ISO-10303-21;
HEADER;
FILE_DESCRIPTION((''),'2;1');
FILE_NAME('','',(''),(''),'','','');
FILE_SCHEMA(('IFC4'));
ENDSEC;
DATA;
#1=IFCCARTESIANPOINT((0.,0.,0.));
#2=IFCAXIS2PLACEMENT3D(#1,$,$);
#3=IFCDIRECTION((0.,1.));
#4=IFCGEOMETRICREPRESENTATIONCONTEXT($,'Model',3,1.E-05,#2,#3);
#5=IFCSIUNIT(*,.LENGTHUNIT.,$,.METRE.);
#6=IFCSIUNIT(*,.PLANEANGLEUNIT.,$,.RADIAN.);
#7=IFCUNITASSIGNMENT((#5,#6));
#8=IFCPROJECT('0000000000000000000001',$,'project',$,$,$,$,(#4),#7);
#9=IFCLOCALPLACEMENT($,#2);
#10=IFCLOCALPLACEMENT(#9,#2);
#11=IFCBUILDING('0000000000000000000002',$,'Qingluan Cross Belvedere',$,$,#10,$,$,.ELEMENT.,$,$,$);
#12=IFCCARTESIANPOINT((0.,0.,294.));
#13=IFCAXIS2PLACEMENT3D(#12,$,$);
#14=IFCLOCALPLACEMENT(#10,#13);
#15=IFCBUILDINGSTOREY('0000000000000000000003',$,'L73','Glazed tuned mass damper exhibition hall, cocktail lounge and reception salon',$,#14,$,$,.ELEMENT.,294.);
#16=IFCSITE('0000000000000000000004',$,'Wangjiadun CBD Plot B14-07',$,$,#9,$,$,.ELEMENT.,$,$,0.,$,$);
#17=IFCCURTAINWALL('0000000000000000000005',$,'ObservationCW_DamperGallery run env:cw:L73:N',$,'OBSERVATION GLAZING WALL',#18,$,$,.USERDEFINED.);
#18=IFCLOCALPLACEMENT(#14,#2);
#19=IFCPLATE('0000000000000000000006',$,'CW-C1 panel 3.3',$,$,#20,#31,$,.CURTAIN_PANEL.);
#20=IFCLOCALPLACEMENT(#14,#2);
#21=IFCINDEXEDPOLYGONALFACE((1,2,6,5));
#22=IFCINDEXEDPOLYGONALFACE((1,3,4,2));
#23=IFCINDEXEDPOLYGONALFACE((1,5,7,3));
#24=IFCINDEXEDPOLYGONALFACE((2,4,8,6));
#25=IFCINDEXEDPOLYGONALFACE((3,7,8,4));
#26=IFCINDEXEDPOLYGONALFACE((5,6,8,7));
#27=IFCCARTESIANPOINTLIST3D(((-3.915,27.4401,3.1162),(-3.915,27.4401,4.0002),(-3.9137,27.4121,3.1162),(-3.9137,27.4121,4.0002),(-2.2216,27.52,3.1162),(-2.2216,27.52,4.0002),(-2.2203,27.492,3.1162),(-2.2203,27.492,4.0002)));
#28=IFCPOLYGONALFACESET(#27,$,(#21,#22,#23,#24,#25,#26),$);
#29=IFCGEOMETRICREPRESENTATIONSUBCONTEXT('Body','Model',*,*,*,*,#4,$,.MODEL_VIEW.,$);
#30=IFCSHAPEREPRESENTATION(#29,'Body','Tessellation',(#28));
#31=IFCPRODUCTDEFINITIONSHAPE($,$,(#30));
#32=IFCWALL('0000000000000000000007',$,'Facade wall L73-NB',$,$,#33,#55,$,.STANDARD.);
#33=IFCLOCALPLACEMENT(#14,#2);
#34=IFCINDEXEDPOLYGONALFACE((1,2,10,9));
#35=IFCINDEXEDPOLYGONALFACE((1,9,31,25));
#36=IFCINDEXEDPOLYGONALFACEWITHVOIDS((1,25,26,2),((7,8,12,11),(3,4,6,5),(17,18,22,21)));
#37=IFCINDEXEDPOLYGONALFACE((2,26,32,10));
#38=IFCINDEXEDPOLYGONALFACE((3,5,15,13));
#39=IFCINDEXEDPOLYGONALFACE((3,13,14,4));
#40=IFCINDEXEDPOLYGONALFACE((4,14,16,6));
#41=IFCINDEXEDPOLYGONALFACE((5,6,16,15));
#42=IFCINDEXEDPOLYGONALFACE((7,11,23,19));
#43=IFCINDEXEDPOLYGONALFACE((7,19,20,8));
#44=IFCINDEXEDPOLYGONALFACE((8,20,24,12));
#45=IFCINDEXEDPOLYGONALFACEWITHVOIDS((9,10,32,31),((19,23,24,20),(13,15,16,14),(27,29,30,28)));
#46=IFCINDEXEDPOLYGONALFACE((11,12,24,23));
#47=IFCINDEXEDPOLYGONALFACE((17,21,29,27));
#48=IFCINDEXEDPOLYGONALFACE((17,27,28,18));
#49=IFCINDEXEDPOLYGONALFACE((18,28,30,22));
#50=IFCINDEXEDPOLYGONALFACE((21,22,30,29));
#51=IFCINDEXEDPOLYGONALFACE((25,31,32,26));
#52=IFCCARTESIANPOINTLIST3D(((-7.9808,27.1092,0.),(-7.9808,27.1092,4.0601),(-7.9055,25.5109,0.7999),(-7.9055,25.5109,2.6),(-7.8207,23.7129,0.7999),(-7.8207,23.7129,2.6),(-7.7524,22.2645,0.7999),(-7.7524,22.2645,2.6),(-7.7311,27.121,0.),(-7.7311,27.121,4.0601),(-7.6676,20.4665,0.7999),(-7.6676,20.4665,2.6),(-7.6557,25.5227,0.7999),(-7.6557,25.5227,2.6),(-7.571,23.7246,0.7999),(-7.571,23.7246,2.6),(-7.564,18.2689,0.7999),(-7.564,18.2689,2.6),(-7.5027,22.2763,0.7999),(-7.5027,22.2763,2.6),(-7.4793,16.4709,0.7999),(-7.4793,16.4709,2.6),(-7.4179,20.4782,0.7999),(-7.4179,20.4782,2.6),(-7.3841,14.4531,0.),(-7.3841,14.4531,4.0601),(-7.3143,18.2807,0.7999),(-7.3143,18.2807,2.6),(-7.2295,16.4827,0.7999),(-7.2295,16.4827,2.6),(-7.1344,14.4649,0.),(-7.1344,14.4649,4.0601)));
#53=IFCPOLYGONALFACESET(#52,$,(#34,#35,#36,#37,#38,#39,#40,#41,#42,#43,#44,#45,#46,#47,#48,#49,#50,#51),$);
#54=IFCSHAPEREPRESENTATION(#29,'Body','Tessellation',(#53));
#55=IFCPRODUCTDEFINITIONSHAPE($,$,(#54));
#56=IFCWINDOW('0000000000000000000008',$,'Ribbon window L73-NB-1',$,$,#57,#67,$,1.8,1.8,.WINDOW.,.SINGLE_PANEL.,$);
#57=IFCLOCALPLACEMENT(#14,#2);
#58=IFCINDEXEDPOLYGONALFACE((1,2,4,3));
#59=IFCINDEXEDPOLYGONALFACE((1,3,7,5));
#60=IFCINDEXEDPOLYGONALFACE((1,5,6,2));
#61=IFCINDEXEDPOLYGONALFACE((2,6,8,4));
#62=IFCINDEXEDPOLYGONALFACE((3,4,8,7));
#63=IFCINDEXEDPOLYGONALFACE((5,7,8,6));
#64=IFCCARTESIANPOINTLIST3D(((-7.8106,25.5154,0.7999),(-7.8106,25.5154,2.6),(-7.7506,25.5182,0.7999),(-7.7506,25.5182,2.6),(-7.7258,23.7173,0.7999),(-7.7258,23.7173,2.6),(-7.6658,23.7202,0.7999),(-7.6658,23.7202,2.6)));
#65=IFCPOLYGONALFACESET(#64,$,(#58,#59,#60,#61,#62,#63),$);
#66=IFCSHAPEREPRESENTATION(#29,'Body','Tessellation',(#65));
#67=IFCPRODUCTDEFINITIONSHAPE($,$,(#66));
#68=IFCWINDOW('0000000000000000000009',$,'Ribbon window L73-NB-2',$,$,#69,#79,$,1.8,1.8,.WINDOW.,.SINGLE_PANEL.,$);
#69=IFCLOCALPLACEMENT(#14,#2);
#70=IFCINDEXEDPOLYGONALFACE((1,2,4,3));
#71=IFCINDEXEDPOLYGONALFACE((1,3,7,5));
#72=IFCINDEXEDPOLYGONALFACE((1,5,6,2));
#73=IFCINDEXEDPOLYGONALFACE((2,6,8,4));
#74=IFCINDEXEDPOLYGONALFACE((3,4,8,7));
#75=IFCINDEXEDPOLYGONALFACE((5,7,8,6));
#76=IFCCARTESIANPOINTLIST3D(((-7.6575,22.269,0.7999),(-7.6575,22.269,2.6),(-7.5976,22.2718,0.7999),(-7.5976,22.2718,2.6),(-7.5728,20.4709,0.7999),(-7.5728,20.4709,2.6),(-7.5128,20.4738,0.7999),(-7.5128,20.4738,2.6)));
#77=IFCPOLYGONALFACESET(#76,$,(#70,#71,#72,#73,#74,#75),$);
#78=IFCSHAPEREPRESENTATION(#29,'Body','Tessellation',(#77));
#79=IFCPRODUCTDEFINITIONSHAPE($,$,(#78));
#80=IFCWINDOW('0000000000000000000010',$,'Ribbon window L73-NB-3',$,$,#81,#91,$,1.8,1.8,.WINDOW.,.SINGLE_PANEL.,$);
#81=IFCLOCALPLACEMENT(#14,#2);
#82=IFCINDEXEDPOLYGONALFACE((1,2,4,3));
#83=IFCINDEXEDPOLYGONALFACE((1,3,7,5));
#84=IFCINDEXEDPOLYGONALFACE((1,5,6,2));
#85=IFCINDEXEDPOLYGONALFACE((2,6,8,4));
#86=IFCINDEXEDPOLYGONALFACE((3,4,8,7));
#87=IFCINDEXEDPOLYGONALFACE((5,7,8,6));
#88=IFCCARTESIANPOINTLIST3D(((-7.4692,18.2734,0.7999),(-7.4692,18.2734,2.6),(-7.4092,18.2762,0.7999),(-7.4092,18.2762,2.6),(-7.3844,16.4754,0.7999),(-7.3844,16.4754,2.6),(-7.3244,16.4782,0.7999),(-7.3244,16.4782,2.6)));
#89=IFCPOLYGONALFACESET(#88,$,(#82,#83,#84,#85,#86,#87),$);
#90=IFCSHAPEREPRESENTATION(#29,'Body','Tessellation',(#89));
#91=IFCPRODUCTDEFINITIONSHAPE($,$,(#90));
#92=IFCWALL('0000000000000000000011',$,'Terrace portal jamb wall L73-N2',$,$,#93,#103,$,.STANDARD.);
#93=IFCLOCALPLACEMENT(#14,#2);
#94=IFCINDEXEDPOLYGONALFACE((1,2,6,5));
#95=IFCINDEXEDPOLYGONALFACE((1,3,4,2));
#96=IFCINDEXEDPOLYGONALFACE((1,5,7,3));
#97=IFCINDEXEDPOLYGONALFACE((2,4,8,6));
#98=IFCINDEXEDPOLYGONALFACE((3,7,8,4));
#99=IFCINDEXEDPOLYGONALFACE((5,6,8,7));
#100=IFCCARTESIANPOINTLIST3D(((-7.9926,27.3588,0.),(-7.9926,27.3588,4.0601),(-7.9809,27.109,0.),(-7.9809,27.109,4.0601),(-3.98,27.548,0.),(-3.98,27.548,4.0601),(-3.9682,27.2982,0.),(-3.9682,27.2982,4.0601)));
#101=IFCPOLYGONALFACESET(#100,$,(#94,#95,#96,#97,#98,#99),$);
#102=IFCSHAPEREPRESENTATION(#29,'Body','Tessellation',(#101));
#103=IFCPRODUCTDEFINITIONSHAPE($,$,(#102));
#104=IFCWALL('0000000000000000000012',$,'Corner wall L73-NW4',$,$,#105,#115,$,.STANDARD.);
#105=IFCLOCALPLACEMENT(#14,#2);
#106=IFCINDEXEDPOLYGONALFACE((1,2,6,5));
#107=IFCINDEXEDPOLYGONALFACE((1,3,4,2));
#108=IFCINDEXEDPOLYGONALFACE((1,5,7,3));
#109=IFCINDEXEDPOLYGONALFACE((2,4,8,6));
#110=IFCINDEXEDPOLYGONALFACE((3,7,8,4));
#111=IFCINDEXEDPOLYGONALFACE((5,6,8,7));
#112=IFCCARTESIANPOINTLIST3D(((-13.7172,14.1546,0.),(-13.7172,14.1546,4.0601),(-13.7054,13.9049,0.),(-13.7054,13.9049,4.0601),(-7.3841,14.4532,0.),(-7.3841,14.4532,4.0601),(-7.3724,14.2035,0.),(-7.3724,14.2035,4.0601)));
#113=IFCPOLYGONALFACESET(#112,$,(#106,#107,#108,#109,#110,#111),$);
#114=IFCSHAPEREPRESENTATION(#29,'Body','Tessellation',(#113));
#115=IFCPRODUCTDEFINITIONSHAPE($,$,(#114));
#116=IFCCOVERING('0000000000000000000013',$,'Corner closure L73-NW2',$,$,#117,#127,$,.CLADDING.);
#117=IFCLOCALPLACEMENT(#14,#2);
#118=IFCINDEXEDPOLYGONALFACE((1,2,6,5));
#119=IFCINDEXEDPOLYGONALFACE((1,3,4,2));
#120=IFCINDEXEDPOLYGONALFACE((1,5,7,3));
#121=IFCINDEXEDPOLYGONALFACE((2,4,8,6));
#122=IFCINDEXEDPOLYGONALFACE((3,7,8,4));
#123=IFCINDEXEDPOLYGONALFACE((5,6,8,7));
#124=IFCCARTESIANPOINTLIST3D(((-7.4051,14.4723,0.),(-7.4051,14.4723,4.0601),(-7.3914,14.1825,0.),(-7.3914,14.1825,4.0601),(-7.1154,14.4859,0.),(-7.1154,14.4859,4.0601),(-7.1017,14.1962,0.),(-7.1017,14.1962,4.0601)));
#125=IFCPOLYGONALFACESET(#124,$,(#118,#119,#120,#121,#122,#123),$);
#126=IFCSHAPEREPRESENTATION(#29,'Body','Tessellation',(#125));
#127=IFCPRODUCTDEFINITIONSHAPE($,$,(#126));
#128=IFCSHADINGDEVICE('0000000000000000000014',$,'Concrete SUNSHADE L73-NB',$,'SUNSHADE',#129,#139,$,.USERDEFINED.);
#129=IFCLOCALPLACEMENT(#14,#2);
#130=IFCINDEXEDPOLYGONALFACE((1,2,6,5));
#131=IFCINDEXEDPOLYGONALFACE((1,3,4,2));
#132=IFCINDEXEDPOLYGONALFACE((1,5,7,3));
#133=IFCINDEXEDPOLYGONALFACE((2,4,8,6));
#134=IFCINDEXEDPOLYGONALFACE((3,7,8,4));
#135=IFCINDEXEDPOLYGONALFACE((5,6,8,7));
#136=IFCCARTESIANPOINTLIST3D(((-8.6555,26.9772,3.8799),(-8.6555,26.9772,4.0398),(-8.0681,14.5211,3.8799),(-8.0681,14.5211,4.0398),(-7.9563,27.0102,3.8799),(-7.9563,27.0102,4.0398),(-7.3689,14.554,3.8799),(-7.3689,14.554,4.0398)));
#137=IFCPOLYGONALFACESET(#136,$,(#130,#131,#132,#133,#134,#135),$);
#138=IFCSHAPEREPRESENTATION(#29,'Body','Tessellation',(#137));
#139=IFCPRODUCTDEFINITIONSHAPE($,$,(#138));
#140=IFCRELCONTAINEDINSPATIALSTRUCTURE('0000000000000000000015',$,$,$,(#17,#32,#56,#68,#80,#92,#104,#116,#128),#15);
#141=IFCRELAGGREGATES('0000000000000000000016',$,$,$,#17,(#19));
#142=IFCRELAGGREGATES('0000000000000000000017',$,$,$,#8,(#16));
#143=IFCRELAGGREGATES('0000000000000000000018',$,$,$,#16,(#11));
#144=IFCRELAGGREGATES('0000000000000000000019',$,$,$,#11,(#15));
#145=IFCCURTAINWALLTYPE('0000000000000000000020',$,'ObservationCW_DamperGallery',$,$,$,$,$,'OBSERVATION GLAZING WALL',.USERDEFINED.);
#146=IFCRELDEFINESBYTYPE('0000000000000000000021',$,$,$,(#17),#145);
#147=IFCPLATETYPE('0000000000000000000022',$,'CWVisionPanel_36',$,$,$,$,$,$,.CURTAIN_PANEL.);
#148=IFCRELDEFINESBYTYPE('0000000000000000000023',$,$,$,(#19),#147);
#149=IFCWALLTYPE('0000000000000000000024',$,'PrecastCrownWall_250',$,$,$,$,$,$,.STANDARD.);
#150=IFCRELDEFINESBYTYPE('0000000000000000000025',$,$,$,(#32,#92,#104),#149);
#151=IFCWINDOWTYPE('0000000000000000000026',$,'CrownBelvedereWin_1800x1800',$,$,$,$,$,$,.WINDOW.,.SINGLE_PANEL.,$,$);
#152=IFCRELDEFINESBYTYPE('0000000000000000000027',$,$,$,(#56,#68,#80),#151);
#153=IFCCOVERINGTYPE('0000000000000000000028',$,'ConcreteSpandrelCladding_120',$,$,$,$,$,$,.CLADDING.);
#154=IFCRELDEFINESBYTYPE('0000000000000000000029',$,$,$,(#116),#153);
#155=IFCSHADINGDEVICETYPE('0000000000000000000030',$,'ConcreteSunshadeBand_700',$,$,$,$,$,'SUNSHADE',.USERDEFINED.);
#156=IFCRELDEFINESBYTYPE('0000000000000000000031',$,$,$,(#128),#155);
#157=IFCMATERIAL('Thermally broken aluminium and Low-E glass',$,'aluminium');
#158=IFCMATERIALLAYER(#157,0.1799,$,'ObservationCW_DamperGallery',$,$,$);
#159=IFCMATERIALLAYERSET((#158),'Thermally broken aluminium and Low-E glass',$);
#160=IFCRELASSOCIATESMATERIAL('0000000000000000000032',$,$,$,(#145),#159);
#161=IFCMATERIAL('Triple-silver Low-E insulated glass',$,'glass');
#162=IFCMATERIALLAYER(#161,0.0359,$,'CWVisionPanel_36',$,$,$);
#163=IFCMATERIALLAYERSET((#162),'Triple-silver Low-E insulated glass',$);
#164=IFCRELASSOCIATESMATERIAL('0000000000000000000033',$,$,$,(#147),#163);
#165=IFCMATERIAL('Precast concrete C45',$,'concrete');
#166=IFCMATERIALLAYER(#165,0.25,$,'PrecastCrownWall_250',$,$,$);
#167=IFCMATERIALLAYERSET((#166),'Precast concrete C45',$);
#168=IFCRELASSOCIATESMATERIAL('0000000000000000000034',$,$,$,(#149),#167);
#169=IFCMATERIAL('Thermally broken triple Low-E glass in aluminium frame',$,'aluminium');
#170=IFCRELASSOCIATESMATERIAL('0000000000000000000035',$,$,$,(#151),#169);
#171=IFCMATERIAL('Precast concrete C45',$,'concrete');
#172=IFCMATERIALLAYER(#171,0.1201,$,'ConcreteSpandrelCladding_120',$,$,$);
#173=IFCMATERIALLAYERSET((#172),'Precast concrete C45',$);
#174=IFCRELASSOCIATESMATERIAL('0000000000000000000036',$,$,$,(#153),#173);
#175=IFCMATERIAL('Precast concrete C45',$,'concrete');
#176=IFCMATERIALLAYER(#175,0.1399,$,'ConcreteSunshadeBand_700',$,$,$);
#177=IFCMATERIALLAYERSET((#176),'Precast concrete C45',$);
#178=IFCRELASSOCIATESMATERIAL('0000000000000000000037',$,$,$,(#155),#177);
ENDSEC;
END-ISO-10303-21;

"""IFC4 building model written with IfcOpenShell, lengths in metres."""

from ifc_helpers import new_model, si_unit, direction, frame, frame_2d, origin, origin_2d, place, context, subcontext, project, spatial, rectangle, extrude, material, layer, layer_set, type_object, element, fill, aggregate, save


model = new_model("IFC4")

# Units and contexts
model_context = context("Model", 3, precision=1e-05, world=origin(), true_north=direction((0.0, 1.0)))
body_context = subcontext(model_context, "Body", "Model", "MODEL_VIEW")
ifc_project = project(units=[si_unit("LENGTHUNIT", "METRE"), si_unit("PLANEANGLEUNIT", "RADIAN")], contexts=[model_context])

# Site, building, storey
site_placement = place(None, origin())
site = spatial("IfcSite", under=ifc_project, at=site_placement, Name="Wangjiadun CBD Plot B14-07", CompositionType="ELEMENT", RefElevation=0.0)
building_placement = place(site_placement, origin())
building = spatial("IfcBuilding", under=site, at=building_placement, Name="Qingluan Cross Belvedere", CompositionType="ELEMENT")
storey_placement = place(building_placement, frame((0.0, 0.0, 294.0)))
storey = spatial("IfcBuildingStorey", under=building, at=storey_placement, Name="L73", Description="Glazed tuned mass damper exhibition hall, cocktail lounge and reception salon", CompositionType="ELEMENT", Elevation=294.0)

# Curtain wall, plate
ifc_material_1 = material(Name="Thermally broken aluminium and Low-E glass", Category="aluminium")
ifc_layer_1 = layer(ifc_material_1, 0.1799, Name="ObservationCW_DamperGallery")
ifc_layer_set_1 = layer_set([ifc_layer_1], Name="Thermally broken aluminium and Low-E glass")
curtain_wall_type = type_object("IfcCurtainWallType", Name="ObservationCW_DamperGallery", ElementType="OBSERVATION GLAZING WALL", PredefinedType="USERDEFINED", material=ifc_layer_set_1)
curtain_wall_placement = place(storey_placement, origin())
curtain_wall = element("IfcCurtainWall", 1, at=curtain_wall_placement, inside=storey, type_object=curtain_wall_type, Name="ObservationCW_DamperGallery run env:cw:L73:N", ObjectType="OBSERVATION GLAZING WALL", PredefinedType="USERDEFINED")
ifc_material_2 = material(Name="Triple-silver Low-E insulated glass", Category="glass")
ifc_layer_2 = layer(ifc_material_2, 0.0359, Name="CWVisionPanel_36")
ifc_layer_set_2 = layer_set([ifc_layer_2], Name="Triple-silver Low-E insulated glass")
plate_type = type_object("IfcPlateType", Name="CWVisionPanel_36", PredefinedType="CURTAIN_PANEL", material=ifc_layer_set_2)
plate_1_placement = place(storey_placement, frame((-3.0676, 27.4661, 3.1162), z_axis=(0.0, 0.0, 1.0), x_axis=(-0.998889, -0.047125, 0.0)))
plate_1 = element("IfcPlate", 2, at=plate_1_placement, type_object=plate_type, Name="CW-C1 panel 3.3", PredefinedType="CURTAIN_PANEL", context=body_context, shape_type="SweptSolid", body=[
    extrude(rectangle(XDim=1.6953, YDim=0.0281, at=origin_2d()), origin(), (0.0, 0.0, 1.0), 0.884),
])
aggregate(curtain_wall, [plate_1])

# Wall, openings, windows
ifc_material_3 = material(Name="Precast concrete C45", Category="concrete")
ifc_layer_3 = layer(ifc_material_3, 0.25, Name="PrecastCrownWall_250")
ifc_layer_set_3 = layer_set([ifc_layer_3], Name="Precast concrete C45")
wall_type = type_object("IfcWallType", Name="PrecastCrownWall_250", PredefinedType="STANDARD", material=ifc_layer_set_3)
wall_1_placement = place(storey_placement, frame((-7.856, 27.115, 0.0), z_axis=(0.0, 0.0, 1.0), x_axis=(0.047094, -0.99889, 0.0)))
wall_1 = element("IfcWall", 3, at=wall_1_placement, inside=storey, type_object=wall_type, Name="Facade wall L73-NB", PredefinedType="STANDARD", context=body_context, shape_type="SweptSolid", body=[
    extrude(rectangle(XDim=12.6702, YDim=0.25, at=frame_2d((6.335, 0.0))), origin(), (0.0, 0.0, 1.0), 4.0601),
])
opening_1_placement = place(wall_1_placement, frame((1.6001, 0.0, 0.8)))
opening_1 = element("IfcOpeningElement", 4, at=opening_1_placement, cuts=wall_1, PredefinedType="OPENING", context=body_context, shape_type="SweptSolid", body=[
    extrude(rectangle(XDim=1.8, YDim=1.8, at=frame_2d((0.8999, 0.8999))), frame((0.0, 0.135, 0.0), z_axis=(0.0, -1.0, 0.0), x_axis=(1.0, 0.0, 0.0)), (0.0, 0.0, 1.0), 0.27),
])
opening_2_placement = place(wall_1_placement, frame((4.8501, 0.0, 0.8)))
opening_2 = element("IfcOpeningElement", 5, at=opening_2_placement, cuts=wall_1, PredefinedType="OPENING", context=body_context, shape_type="SweptSolid", body=[
    extrude(rectangle(XDim=1.8, YDim=1.8, at=frame_2d((0.8999, 0.8999))), frame((0.0, 0.135, 0.0), z_axis=(0.0, -1.0, 0.0), x_axis=(1.0, 0.0, 0.0)), (0.0, 0.0, 1.0), 0.27),
])
opening_3_placement = place(wall_1_placement, frame((8.8501, 0.0, 0.8)))
opening_3 = element("IfcOpeningElement", 6, at=opening_3_placement, cuts=wall_1, PredefinedType="OPENING", context=body_context, shape_type="SweptSolid", body=[
    extrude(rectangle(XDim=1.8, YDim=1.8, at=frame_2d((0.8999, 0.8999))), frame((0.0, 0.135, 0.0), z_axis=(0.0, -1.0, 0.0), x_axis=(1.0, 0.0, 0.0)), (0.0, 0.0, 1.0), 0.27),
])
ifc_material_4 = material(Name="Thermally broken triple Low-E glass in aluminium frame", Category="aluminium")
window_type = type_object("IfcWindowType", Name="CrownBelvedereWin_1800x1800", PartitioningType="SINGLE_PANEL", PredefinedType="WINDOW", material=ifc_material_4)
window_1_placement = place(opening_1_placement, origin())
window_1 = element("IfcWindow", 7, at=window_1_placement, inside=storey, type_object=window_type, Name="Ribbon window L73-NB-1", OverallHeight=1.8, OverallWidth=1.8, PartitioningType="SINGLE_PANEL", PredefinedType="WINDOW", context=body_context, shape_type="SweptSolid", body=[
    extrude(rectangle(XDim=1.8, YDim=1.8, at=frame_2d((0.8999, 0.8999))), frame((0.0, 0.03, 0.0), z_axis=(0.0, -1.0, 0.0), x_axis=(1.0, 0.0, 0.0)), (0.0, 0.0, 1.0), 0.0601),
])
fill(opening_1, window_1)
window_2_placement = place(opening_2_placement, origin())
window_2 = element("IfcWindow", 8, at=window_2_placement, inside=storey, type_object=window_type, Name="Ribbon window L73-NB-2", OverallHeight=1.8, OverallWidth=1.8, PartitioningType="SINGLE_PANEL", PredefinedType="WINDOW", context=body_context, shape_type="SweptSolid", body=[
    extrude(rectangle(XDim=1.8, YDim=1.8, at=frame_2d((0.8999, 0.8999))), frame((0.0, 0.03, 0.0), z_axis=(0.0, -1.0, 0.0), x_axis=(1.0, 0.0, 0.0)), (0.0, 0.0, 1.0), 0.0601),
])
fill(opening_2, window_2)
window_3_placement = place(opening_3_placement, origin())
window_3 = element("IfcWindow", 9, at=window_3_placement, inside=storey, type_object=window_type, Name="Ribbon window L73-NB-3", OverallHeight=1.8, OverallWidth=1.8, PartitioningType="SINGLE_PANEL", PredefinedType="WINDOW", context=body_context, shape_type="SweptSolid", body=[
    extrude(rectangle(XDim=1.8, YDim=1.8, at=frame_2d((0.8999, 0.8999))), frame((0.0, 0.03, 0.0), z_axis=(0.0, -1.0, 0.0), x_axis=(1.0, 0.0, 0.0)), (0.0, 0.0, 1.0), 0.0601),
])
fill(opening_3, window_3)

# Walls
wall_2_placement = place(storey_placement, frame((-3.9741, 27.4231, 0.0), z_axis=(0.0, 0.0, 1.0), x_axis=(-0.99889, -0.0471, 0.0)))
element("IfcWall", 10, at=wall_2_placement, inside=storey, type_object=wall_type, Name="Terrace portal jamb wall L73-N2", PredefinedType="STANDARD", context=body_context, shape_type="SweptSolid", body=[
    extrude(rectangle(XDim=4.0171, YDim=0.25, at=frame_2d((2.0085, 0.0))), origin(), (0.0, 0.0, 1.0), 4.0601),
])
wall_3_placement = place(storey_placement, frame((-13.7112, 14.0298, 0.0), z_axis=(0.0, 0.0, 1.0), x_axis=(0.99889, 0.047095, 0.0)))
element("IfcWall", 11, at=wall_3_placement, inside=storey, type_object=wall_type, Name="Corner wall L73-NW4", PredefinedType="STANDARD", context=body_context, shape_type="SweptSolid", body=[
    extrude(rectangle(XDim=6.3401, YDim=0.25, at=frame_2d((3.1699, 0.0))), origin(), (0.0, 0.0, 1.0), 4.0601),
])

# Covering
ifc_material_5 = material(Name="Precast concrete C45", Category="concrete")
ifc_layer_4 = layer(ifc_material_5, 0.1201, Name="ConcreteSpandrelCladding_120")
ifc_layer_set_4 = layer_set([ifc_layer_4], Name="Precast concrete C45")
covering_type_1 = type_object("IfcCoveringType", Name="ConcreteSpandrelCladding_120", PredefinedType="CLADDING", material=ifc_layer_set_4)
covering_1_placement = place(storey_placement, frame((-7.2534, 14.3342, 0.0), z_axis=(0.0, 0.0, 1.0), x_axis=(0.99889, 0.047106, 0.0)))
element("IfcCovering", 12, at=covering_1_placement, inside=storey, type_object=covering_type_1, Name="Corner closure L73-NW2", PredefinedType="CLADDING", context=body_context, shape_type="SweptSolid", body=[
    extrude(rectangle(XDim=0.29, YDim=0.29, at=origin_2d()), origin(), (0.0, 0.0, 1.0), 4.0601),
])

# Shading device
ifc_material_6 = material(Name="Precast concrete C45", Category="concrete")
ifc_layer_5 = layer(ifc_material_6, 0.1399, Name="ConcreteSunshadeBand_700")
ifc_layer_set_5 = layer_set([ifc_layer_5], Name="Precast concrete C45")
shading_device_type = type_object("IfcShadingDeviceType", Name="ConcreteSunshadeBand_700", ElementType="SUNSHADE", PredefinedType="USERDEFINED", material=ifc_layer_set_5)
shading_device_placement = place(storey_placement, frame((-8.0122, 20.7656, 3.8799), z_axis=(0.0, 0.0, 1.0), x_axis=(0.047104, -0.99889, 0.0)))
element("IfcShadingDevice", 13, at=shading_device_placement, inside=storey, type_object=shading_device_type, Name="Concrete SUNSHADE L73-NB", ObjectType="SUNSHADE", PredefinedType="USERDEFINED", context=body_context, shape_type="SweptSolid", body=[
    extrude(rectangle(XDim=12.47, YDim=0.7, at=origin_2d()), origin(), (0.0, 0.0, 1.0), 0.1599),
])

save(model, "model.ifc")
